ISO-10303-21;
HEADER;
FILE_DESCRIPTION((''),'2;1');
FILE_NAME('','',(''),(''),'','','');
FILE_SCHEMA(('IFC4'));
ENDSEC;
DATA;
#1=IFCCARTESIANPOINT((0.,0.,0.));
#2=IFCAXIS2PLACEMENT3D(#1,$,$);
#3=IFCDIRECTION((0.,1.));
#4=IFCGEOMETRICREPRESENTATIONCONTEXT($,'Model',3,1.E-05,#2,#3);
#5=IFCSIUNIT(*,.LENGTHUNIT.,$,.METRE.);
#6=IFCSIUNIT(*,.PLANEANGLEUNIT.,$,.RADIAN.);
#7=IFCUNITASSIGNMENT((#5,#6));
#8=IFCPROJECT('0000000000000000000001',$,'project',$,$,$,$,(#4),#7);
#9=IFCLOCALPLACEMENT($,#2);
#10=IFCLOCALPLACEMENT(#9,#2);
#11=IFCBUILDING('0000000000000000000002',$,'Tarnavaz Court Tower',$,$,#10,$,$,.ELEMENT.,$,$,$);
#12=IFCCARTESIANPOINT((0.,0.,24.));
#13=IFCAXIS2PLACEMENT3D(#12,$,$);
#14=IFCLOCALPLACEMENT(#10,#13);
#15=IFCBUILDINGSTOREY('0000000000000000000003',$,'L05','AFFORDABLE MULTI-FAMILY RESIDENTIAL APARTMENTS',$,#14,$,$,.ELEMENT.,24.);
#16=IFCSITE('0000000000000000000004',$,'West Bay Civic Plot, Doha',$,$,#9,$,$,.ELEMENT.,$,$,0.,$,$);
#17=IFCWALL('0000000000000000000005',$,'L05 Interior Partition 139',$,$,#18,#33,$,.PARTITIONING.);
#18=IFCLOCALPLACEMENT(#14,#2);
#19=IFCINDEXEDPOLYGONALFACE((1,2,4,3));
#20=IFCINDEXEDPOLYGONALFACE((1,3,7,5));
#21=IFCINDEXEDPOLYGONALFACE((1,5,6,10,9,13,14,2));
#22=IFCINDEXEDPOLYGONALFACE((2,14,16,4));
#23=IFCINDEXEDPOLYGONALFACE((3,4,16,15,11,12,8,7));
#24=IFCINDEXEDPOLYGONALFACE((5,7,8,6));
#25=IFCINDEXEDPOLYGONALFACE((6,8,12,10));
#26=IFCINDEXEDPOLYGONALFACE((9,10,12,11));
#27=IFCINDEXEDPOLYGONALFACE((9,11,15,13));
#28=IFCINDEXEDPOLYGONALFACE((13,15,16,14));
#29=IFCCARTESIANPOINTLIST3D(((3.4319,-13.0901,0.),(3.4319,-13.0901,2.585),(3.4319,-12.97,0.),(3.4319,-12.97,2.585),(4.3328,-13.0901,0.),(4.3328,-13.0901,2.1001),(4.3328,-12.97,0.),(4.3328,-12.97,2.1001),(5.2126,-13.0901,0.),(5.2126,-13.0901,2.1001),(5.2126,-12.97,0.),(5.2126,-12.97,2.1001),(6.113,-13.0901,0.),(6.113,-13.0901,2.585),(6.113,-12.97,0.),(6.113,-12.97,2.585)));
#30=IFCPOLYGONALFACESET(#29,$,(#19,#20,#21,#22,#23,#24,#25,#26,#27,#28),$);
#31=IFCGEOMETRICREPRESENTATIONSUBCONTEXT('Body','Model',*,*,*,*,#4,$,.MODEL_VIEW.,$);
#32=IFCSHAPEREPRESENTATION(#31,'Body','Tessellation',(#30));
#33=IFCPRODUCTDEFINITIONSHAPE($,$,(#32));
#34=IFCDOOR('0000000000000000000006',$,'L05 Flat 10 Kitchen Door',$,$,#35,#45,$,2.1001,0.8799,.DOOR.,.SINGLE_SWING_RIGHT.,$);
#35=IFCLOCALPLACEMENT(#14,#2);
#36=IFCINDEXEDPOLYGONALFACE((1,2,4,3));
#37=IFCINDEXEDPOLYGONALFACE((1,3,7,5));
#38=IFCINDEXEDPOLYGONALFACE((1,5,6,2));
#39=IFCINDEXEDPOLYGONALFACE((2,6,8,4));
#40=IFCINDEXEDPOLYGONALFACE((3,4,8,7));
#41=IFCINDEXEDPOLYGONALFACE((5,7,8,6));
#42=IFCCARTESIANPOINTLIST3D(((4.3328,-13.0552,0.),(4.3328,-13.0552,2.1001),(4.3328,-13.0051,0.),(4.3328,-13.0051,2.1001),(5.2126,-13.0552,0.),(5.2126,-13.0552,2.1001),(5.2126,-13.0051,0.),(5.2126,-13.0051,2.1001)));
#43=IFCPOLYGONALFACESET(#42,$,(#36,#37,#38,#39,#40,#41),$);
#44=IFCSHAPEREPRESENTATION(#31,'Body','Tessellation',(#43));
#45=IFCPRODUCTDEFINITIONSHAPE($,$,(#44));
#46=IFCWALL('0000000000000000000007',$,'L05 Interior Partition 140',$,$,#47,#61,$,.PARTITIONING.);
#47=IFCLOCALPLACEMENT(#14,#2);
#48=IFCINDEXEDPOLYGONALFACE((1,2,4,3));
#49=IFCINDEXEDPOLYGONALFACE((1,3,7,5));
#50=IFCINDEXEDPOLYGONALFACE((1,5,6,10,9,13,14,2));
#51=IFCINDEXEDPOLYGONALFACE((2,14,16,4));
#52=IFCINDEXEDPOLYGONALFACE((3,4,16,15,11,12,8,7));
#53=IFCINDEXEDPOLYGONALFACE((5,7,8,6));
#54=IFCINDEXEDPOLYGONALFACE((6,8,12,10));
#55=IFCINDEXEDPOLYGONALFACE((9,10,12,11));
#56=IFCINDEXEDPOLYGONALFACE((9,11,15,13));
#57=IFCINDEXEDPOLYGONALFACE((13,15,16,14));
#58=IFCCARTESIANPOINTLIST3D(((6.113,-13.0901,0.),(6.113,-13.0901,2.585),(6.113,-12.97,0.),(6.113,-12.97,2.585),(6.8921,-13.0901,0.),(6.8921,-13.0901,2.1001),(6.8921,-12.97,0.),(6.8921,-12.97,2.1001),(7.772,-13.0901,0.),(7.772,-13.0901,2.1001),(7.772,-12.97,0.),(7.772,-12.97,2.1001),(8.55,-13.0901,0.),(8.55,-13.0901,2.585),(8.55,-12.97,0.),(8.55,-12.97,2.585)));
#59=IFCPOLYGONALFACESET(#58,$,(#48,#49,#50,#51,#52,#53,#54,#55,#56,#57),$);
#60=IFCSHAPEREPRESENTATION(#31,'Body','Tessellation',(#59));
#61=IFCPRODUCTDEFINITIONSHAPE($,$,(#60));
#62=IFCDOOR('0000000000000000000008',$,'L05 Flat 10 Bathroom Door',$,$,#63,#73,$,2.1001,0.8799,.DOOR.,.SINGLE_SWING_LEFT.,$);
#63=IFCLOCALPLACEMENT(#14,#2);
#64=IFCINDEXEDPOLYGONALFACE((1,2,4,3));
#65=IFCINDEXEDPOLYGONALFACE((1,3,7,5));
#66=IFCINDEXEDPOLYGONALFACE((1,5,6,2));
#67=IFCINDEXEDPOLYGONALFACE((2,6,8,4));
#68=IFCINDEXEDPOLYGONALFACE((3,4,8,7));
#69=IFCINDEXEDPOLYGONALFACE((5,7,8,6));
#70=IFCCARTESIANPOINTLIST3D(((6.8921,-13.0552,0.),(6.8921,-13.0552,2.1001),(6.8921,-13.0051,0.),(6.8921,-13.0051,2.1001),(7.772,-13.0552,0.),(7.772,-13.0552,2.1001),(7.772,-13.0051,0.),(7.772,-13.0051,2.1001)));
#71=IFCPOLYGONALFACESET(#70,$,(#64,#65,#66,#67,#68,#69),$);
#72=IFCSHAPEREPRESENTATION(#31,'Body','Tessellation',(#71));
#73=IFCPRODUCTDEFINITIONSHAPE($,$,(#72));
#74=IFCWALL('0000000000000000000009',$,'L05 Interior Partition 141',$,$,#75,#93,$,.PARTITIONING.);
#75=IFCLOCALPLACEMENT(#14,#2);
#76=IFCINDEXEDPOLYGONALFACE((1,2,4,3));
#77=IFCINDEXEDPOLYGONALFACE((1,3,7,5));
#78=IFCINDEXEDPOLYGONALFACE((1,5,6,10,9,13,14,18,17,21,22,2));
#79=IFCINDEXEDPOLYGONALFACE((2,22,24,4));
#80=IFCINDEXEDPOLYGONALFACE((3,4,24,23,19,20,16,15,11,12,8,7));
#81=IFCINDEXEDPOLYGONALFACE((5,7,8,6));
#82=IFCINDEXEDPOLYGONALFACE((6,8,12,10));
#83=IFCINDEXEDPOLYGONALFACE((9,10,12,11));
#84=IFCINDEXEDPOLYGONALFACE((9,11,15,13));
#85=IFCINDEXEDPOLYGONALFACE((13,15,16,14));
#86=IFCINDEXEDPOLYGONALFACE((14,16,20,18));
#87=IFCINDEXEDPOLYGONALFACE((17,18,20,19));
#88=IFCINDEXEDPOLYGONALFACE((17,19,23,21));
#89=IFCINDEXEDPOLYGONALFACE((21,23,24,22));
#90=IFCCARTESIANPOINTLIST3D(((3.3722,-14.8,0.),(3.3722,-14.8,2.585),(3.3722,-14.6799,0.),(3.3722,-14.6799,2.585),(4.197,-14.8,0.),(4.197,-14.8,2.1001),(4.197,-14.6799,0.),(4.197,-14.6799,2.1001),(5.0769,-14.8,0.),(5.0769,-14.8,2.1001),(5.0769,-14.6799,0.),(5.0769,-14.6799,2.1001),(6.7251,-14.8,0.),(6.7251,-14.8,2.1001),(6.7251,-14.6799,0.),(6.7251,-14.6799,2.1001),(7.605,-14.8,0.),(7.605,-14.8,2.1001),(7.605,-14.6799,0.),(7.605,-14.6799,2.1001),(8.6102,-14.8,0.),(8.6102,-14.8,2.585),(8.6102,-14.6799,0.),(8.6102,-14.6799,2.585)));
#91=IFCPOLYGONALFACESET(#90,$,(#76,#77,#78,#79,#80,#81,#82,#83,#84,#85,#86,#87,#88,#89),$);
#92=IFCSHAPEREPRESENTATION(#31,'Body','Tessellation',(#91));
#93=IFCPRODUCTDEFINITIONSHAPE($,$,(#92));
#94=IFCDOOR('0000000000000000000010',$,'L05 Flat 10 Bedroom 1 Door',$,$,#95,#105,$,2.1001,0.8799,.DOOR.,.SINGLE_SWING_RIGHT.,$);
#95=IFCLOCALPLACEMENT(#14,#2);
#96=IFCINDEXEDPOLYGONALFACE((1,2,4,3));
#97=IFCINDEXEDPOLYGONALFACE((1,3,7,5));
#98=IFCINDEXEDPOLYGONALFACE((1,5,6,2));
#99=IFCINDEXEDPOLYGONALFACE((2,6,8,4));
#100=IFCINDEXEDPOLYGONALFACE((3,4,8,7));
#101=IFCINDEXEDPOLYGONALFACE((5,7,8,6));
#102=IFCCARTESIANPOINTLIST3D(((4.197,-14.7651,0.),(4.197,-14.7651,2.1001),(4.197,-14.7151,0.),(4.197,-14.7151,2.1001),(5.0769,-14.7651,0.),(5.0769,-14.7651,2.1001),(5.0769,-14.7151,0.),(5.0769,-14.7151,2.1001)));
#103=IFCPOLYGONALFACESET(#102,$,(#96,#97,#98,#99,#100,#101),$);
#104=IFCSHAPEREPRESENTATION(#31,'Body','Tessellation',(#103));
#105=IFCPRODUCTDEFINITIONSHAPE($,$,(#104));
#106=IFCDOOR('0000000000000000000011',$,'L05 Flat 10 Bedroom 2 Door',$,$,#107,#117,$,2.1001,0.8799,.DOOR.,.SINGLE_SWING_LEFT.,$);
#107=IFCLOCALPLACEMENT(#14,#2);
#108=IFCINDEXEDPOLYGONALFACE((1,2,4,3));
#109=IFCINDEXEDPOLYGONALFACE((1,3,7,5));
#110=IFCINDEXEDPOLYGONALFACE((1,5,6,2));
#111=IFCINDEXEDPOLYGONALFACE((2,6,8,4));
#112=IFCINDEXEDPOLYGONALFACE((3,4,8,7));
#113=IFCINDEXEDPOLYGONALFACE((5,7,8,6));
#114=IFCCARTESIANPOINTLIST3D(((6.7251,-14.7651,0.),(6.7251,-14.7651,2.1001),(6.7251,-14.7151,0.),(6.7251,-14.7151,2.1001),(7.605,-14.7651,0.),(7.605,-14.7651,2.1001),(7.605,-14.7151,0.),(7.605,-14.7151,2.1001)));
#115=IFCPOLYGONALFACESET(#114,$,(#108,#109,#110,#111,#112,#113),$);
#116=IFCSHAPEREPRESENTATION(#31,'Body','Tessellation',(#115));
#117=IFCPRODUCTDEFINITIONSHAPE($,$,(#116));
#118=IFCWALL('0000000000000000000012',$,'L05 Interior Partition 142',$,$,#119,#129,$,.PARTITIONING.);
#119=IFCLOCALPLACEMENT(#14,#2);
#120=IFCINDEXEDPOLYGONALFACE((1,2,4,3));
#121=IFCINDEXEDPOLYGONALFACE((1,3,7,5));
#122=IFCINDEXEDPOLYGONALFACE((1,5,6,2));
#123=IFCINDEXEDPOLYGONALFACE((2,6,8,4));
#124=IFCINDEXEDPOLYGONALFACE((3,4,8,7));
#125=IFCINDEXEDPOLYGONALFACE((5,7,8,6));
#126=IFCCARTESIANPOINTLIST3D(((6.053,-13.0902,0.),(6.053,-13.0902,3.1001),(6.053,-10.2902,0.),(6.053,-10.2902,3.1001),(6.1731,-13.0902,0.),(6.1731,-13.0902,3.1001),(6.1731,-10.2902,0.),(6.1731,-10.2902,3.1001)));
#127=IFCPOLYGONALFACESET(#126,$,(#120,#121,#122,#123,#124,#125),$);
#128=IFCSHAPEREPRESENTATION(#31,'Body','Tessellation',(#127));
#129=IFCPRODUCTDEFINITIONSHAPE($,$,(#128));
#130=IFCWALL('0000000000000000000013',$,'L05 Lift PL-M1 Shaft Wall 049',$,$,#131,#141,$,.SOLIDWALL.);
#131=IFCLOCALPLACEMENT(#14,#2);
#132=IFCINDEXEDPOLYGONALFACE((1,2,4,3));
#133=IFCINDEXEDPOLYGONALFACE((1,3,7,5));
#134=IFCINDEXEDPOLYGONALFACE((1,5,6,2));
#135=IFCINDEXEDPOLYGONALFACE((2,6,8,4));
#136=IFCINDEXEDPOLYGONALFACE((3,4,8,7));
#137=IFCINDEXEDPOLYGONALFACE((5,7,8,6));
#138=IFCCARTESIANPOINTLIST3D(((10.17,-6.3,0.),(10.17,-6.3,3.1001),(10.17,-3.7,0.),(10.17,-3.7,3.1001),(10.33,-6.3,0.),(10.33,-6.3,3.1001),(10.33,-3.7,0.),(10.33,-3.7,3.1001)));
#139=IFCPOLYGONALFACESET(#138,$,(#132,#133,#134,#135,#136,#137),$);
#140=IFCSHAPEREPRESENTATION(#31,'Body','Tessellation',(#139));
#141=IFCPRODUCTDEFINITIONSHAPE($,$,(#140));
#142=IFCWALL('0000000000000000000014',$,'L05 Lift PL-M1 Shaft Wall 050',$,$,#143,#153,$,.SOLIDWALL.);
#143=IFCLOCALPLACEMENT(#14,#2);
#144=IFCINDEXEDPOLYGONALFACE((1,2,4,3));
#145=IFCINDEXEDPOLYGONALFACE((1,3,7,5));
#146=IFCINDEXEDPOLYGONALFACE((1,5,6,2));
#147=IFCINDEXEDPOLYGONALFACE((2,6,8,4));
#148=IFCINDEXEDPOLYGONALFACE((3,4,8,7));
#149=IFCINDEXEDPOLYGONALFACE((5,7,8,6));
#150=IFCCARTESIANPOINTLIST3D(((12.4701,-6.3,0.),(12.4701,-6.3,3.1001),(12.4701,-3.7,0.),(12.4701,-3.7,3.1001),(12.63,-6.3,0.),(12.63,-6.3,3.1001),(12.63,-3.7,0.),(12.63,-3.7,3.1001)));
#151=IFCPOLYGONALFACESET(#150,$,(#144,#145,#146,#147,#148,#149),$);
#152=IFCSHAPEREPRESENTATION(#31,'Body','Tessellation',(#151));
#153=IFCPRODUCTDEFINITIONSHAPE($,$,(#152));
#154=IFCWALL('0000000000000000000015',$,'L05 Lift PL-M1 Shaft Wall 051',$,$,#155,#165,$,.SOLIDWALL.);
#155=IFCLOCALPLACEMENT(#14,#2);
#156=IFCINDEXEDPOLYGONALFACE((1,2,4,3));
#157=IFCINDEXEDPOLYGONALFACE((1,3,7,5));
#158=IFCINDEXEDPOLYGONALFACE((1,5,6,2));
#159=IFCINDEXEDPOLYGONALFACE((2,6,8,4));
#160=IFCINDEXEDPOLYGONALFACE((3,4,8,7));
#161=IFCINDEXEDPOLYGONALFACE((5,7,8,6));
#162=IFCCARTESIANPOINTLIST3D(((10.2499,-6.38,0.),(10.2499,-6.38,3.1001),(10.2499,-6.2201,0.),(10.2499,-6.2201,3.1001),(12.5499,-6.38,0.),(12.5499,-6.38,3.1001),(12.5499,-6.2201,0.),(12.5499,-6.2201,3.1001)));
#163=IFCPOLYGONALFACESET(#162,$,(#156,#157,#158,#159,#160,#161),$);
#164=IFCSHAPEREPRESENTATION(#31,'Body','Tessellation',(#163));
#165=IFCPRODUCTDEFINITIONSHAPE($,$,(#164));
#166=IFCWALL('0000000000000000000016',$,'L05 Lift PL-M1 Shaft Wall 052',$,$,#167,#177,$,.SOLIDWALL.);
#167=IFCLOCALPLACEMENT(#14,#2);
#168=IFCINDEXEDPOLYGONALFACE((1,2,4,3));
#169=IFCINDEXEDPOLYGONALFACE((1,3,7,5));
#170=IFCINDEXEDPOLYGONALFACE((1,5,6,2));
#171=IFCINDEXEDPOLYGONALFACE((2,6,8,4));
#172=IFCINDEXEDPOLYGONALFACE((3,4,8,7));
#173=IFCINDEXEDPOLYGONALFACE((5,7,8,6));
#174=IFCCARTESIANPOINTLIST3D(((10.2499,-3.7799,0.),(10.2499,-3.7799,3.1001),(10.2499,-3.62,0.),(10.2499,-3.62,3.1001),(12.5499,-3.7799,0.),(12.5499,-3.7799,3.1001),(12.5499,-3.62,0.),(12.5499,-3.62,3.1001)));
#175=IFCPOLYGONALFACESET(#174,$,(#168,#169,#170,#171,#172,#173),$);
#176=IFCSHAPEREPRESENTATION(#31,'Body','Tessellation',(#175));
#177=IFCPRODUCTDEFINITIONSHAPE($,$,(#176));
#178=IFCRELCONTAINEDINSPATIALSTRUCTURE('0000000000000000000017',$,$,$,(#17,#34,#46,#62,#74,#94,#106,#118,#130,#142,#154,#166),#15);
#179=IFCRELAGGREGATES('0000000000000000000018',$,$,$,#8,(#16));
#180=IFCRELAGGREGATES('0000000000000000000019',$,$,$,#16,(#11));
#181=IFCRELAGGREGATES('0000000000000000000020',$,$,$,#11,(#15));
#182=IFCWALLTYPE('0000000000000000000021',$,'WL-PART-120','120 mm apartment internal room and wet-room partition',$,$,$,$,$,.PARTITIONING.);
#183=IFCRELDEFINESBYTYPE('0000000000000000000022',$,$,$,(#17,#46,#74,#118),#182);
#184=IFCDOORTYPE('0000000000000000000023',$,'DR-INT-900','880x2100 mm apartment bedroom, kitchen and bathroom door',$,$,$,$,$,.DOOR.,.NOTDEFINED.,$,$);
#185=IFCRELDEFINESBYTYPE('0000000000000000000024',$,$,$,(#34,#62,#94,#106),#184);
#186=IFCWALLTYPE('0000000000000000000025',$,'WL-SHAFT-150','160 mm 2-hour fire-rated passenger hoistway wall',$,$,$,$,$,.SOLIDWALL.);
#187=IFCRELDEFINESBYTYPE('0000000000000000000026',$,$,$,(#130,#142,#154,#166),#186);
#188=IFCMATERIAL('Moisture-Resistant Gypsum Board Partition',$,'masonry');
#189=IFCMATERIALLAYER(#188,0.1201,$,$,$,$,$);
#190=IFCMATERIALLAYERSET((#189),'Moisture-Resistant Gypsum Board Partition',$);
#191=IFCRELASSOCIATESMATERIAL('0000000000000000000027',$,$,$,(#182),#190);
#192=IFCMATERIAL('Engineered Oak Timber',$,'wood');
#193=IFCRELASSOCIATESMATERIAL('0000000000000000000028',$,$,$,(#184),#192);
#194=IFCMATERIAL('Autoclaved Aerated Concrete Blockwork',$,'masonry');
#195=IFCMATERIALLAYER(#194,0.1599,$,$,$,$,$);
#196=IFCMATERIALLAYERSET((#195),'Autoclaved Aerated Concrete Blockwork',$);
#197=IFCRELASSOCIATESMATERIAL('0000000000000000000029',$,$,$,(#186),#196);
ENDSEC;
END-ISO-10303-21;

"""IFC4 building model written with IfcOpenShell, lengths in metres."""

from ifc_helpers import new_model, si_unit, direction, frame, frame_2d, origin, place, context, subcontext, project, spatial, rectangle, extrude, material, layer, layer_set, type_object, element, fill, save


model = new_model("IFC4")

# Units and contexts
model_context = context("Model", 3, precision=1e-05, world=origin(), true_north=direction((0.0, 1.0)))
body_context = subcontext(model_context, "Body", "Model", "MODEL_VIEW")
ifc_project = project(units=[si_unit("LENGTHUNIT", "METRE"), si_unit("PLANEANGLEUNIT", "RADIAN")], contexts=[model_context])

# Site, building, storey
site_placement = place(None, origin())
site = spatial("IfcSite", under=ifc_project, at=site_placement, Name="West Bay Civic Plot, Doha", CompositionType="ELEMENT", RefElevation=0.0)
building_placement = place(site_placement, origin())
building = spatial("IfcBuilding", under=site, at=building_placement, Name="Tarnavaz Court Tower", CompositionType="ELEMENT")
storey_placement = place(building_placement, frame((0.0, 0.0, 24.0)))
storey = spatial("IfcBuildingStorey", under=building, at=storey_placement, Name="L05", Description="AFFORDABLE MULTI-FAMILY RESIDENTIAL APARTMENTS", CompositionType="ELEMENT", Elevation=24.0)

# Shared definitions
ifc_material_1 = material(Name="Moisture-Resistant Gypsum Board Partition", Category="masonry")
ifc_layer_1 = layer(ifc_material_1, 0.1201)
ifc_layer_set_1 = layer_set([ifc_layer_1], Name="Moisture-Resistant Gypsum Board Partition")
wall_type_1 = type_object("IfcWallType", Name="WL-PART-120", Description="120 mm apartment internal room and wet-room partition", PredefinedType="PARTITIONING", material=ifc_layer_set_1)
ifc_material_2 = material(Name="Engineered Oak Timber", Category="wood")
door_type_1 = type_object("IfcDoorType", Name="DR-INT-900", Description="880x2100 mm apartment bedroom, kitchen and bathroom door", OperationType="NOTDEFINED", PredefinedType="DOOR", material=ifc_material_2)

# Walls, openings, doors
wall_1_placement = place(storey_placement, frame((3.4319, -13.03, 0.0), z_axis=(0.0, 0.0, 1.0), x_axis=(1.0, 0.0, 0.0)))
wall_1 = element("IfcWall", 1, at=wall_1_placement, inside=storey, type_object=wall_type_1, Name="L05 Interior Partition 139", PredefinedType="PARTITIONING", context=body_context, shape_type="SweptSolid", body=[
    extrude(rectangle(XDim=2.6812, YDim=0.1201, at=frame_2d((1.3406, 0.0))), origin(), (0.0, 0.0, 1.0), 2.585),
])
opening_1_placement = place(wall_1_placement, frame((0.9009, 0.0, 0.0)))
opening_1 = element("IfcOpeningElement", 2, at=opening_1_placement, cuts=wall_1, PredefinedType="OPENING", context=body_context, shape_type="SweptSolid", body=[
    extrude(rectangle(XDim=0.8799, YDim=2.1001, at=frame_2d((0.4399, 1.05))), frame((0.0, 0.0701, 0.0), z_axis=(0.0, -1.0, 0.0), x_axis=(1.0, 0.0, 0.0)), (0.0, 0.0, 1.0), 0.1401),
])
door_1_placement = place(opening_1_placement, origin())
door_1 = element("IfcDoor", 3, at=door_1_placement, inside=storey, type_object=door_type_1, Name="L05 Flat 10 Kitchen Door", OperationType="SINGLE_SWING_RIGHT", OverallHeight=2.1001, OverallWidth=0.8799, PredefinedType="DOOR", context=body_context, shape_type="SweptSolid", body=[
    extrude(rectangle(XDim=0.8799, YDim=2.1001, at=frame_2d((0.4399, 1.05))), frame((0.0, 0.0249, 0.0), z_axis=(0.0, -1.0, 0.0), x_axis=(1.0, 0.0, 0.0)), (0.0, 0.0, 1.0), 0.05),
])
fill(opening_1, door_1)
wall_2_placement = place(storey_placement, frame((6.113, -13.03, 0.0), z_axis=(0.0, 0.0, 1.0), x_axis=(1.0, 0.0, 0.0)))
wall_2 = element("IfcWall", 4, at=wall_2_placement, inside=storey, type_object=wall_type_1, Name="L05 Interior Partition 140", PredefinedType="PARTITIONING", context=body_context, shape_type="SweptSolid", body=[
    extrude(rectangle(XDim=2.437, YDim=0.1201, at=frame_2d((1.2185, 0.0))), origin(), (0.0, 0.0, 1.0), 2.585),
])
opening_2_placement = place(wall_2_placement, frame((0.7791, 0.0, 0.0)))
opening_2 = element("IfcOpeningElement", 5, at=opening_2_placement, cuts=wall_2, PredefinedType="OPENING", context=body_context, shape_type="SweptSolid", body=[
    extrude(rectangle(XDim=0.8799, YDim=2.1001, at=frame_2d((0.4399, 1.05))), frame((0.0, 0.0701, 0.0), z_axis=(0.0, -1.0, 0.0), x_axis=(1.0, 0.0, 0.0)), (0.0, 0.0, 1.0), 0.1401),
])
door_2_placement = place(opening_2_placement, origin())
door_2 = element("IfcDoor", 6, at=door_2_placement, inside=storey, type_object=door_type_1, Name="L05 Flat 10 Bathroom Door", OperationType="SINGLE_SWING_LEFT", OverallHeight=2.1001, OverallWidth=0.8799, PredefinedType="DOOR", context=body_context, shape_type="SweptSolid", body=[
    extrude(rectangle(XDim=0.8799, YDim=2.1001, at=frame_2d((0.4399, 1.05))), frame((0.0, 0.0249, 0.0), z_axis=(0.0, -1.0, 0.0), x_axis=(1.0, 0.0, 0.0)), (0.0, 0.0, 1.0), 0.05),
])
fill(opening_2, door_2)

# Wall, openings, doors
wall_3_placement = place(storey_placement, frame((3.3721, -14.74, 0.0), z_axis=(0.0, 0.0, 1.0), x_axis=(1.0, 0.0, 0.0)))
wall_3 = element("IfcWall", 7, at=wall_3_placement, inside=storey, type_object=wall_type_1, Name="L05 Interior Partition 141", PredefinedType="PARTITIONING", context=body_context, shape_type="SweptSolid", body=[
    extrude(rectangle(XDim=5.238, YDim=0.1201, at=frame_2d((2.6191, 0.0))), origin(), (0.0, 0.0, 1.0), 2.585),
])
opening_3_placement = place(wall_3_placement, frame((0.825, 0.0, 0.0)))
opening_3 = element("IfcOpeningElement", 8, at=opening_3_placement, cuts=wall_3, PredefinedType="OPENING", context=body_context, shape_type="SweptSolid", body=[
    extrude(rectangle(XDim=0.8799, YDim=2.1001, at=frame_2d((0.4399, 1.05))), frame((0.0, 0.0701, 0.0), z_axis=(0.0, -1.0, 0.0), x_axis=(1.0, 0.0, 0.0)), (0.0, 0.0, 1.0), 0.1401),
])
opening_4_placement = place(wall_3_placement, frame((3.353, 0.0, 0.0)))
opening_4 = element("IfcOpeningElement", 9, at=opening_4_placement, cuts=wall_3, PredefinedType="OPENING", context=body_context, shape_type="SweptSolid", body=[
    extrude(rectangle(XDim=0.8799, YDim=2.1001, at=frame_2d((0.4399, 1.05))), frame((0.0, 0.0701, 0.0), z_axis=(0.0, -1.0, 0.0), x_axis=(1.0, 0.0, 0.0)), (0.0, 0.0, 1.0), 0.1401),
])
door_3_placement = place(opening_3_placement, origin())
door_3 = element("IfcDoor", 10, at=door_3_placement, inside=storey, type_object=door_type_1, Name="L05 Flat 10 Bedroom 1 Door", OperationType="SINGLE_SWING_RIGHT", OverallHeight=2.1001, OverallWidth=0.8799, PredefinedType="DOOR", context=body_context, shape_type="SweptSolid", body=[
    extrude(rectangle(XDim=0.8799, YDim=2.1001, at=frame_2d((0.4399, 1.05))), frame((0.0, 0.0249, 0.0), z_axis=(0.0, -1.0, 0.0), x_axis=(1.0, 0.0, 0.0)), (0.0, 0.0, 1.0), 0.05),
])
fill(opening_3, door_3)
door_4_placement = place(opening_4_placement, origin())
door_4 = element("IfcDoor", 11, at=door_4_placement, inside=storey, type_object=door_type_1, Name="L05 Flat 10 Bedroom 2 Door", OperationType="SINGLE_SWING_LEFT", OverallHeight=2.1001, OverallWidth=0.8799, PredefinedType="DOOR", context=body_context, shape_type="SweptSolid", body=[
    extrude(rectangle(XDim=0.8799, YDim=2.1001, at=frame_2d((0.4399, 1.05))), frame((0.0, 0.0249, 0.0), z_axis=(0.0, -1.0, 0.0), x_axis=(1.0, 0.0, 0.0)), (0.0, 0.0, 1.0), 0.05),
])
fill(opening_4, door_4)

# Walls
wall_4_placement = place(storey_placement, frame((6.113, -13.0901, 0.0), z_axis=(0.0, 0.0, 1.0), x_axis=(0.0, 1.0, 0.0)))
element("IfcWall", 12, at=wall_4_placement, inside=storey, type_object=wall_type_1, Name="L05 Interior Partition 142", PredefinedType="PARTITIONING", context=body_context, shape_type="SweptSolid", body=[
    extrude(rectangle(XDim=2.8, YDim=0.1201, at=frame_2d((1.3999, 0.0))), origin(), (0.0, 0.0, 1.0), 3.1001),
])
ifc_material_3 = material(Name="Autoclaved Aerated Concrete Blockwork", Category="masonry")
ifc_layer_2 = layer(ifc_material_3, 0.1599)
ifc_layer_set_2 = layer_set([ifc_layer_2], Name="Autoclaved Aerated Concrete Blockwork")
wall_type_2 = type_object("IfcWallType", Name="WL-SHAFT-150", Description="160 mm 2-hour fire-rated passenger hoistway wall", PredefinedType="SOLIDWALL", material=ifc_layer_set_2)
for number, where, z_axis, x_axis, name in (
    (13, (10.25, -6.3, 0.0), (0.0, 0.0, 1.0), (0.0, 1.0, 0.0), "L05 Lift PL-M1 Shaft Wall 049"),
    (14, (12.55, -6.3, 0.0), (0.0, 0.0, 1.0), (0.0, 1.0, 0.0), "L05 Lift PL-M1 Shaft Wall 050"),
):
    element("IfcWall", number, at=place(storey_placement, frame(where, z_axis=z_axis, x_axis=x_axis)), inside=storey, type_object=wall_type_2, Name=name, PredefinedType="SOLIDWALL", context=body_context, shape_type="SweptSolid", body=[
        extrude(rectangle(XDim=2.6001, YDim=0.1599, at=frame_2d((1.3, 0.0))), origin(), (0.0, 0.0, 1.0), 3.1001),
    ])
for number, where, z_axis, x_axis, name in (
    (15, (10.25, -6.3, 0.0), (0.0, 0.0, 1.0), (1.0, 0.0, 0.0), "L05 Lift PL-M1 Shaft Wall 051"),
    (16, (10.25, -3.7, 0.0), (0.0, 0.0, 1.0), (1.0, 0.0, 0.0), "L05 Lift PL-M1 Shaft Wall 052"),
):
    element("IfcWall", number, at=place(storey_placement, frame(where, z_axis=z_axis, x_axis=x_axis)), inside=storey, type_object=wall_type_2, Name=name, PredefinedType="SOLIDWALL", context=body_context, shape_type="SweptSolid", body=[
        extrude(rectangle(XDim=2.3, YDim=0.1599, at=frame_2d((1.1499, 0.0))), origin(), (0.0, 0.0, 1.0), 3.1001),
    ])

save(model, "model.ifc")
